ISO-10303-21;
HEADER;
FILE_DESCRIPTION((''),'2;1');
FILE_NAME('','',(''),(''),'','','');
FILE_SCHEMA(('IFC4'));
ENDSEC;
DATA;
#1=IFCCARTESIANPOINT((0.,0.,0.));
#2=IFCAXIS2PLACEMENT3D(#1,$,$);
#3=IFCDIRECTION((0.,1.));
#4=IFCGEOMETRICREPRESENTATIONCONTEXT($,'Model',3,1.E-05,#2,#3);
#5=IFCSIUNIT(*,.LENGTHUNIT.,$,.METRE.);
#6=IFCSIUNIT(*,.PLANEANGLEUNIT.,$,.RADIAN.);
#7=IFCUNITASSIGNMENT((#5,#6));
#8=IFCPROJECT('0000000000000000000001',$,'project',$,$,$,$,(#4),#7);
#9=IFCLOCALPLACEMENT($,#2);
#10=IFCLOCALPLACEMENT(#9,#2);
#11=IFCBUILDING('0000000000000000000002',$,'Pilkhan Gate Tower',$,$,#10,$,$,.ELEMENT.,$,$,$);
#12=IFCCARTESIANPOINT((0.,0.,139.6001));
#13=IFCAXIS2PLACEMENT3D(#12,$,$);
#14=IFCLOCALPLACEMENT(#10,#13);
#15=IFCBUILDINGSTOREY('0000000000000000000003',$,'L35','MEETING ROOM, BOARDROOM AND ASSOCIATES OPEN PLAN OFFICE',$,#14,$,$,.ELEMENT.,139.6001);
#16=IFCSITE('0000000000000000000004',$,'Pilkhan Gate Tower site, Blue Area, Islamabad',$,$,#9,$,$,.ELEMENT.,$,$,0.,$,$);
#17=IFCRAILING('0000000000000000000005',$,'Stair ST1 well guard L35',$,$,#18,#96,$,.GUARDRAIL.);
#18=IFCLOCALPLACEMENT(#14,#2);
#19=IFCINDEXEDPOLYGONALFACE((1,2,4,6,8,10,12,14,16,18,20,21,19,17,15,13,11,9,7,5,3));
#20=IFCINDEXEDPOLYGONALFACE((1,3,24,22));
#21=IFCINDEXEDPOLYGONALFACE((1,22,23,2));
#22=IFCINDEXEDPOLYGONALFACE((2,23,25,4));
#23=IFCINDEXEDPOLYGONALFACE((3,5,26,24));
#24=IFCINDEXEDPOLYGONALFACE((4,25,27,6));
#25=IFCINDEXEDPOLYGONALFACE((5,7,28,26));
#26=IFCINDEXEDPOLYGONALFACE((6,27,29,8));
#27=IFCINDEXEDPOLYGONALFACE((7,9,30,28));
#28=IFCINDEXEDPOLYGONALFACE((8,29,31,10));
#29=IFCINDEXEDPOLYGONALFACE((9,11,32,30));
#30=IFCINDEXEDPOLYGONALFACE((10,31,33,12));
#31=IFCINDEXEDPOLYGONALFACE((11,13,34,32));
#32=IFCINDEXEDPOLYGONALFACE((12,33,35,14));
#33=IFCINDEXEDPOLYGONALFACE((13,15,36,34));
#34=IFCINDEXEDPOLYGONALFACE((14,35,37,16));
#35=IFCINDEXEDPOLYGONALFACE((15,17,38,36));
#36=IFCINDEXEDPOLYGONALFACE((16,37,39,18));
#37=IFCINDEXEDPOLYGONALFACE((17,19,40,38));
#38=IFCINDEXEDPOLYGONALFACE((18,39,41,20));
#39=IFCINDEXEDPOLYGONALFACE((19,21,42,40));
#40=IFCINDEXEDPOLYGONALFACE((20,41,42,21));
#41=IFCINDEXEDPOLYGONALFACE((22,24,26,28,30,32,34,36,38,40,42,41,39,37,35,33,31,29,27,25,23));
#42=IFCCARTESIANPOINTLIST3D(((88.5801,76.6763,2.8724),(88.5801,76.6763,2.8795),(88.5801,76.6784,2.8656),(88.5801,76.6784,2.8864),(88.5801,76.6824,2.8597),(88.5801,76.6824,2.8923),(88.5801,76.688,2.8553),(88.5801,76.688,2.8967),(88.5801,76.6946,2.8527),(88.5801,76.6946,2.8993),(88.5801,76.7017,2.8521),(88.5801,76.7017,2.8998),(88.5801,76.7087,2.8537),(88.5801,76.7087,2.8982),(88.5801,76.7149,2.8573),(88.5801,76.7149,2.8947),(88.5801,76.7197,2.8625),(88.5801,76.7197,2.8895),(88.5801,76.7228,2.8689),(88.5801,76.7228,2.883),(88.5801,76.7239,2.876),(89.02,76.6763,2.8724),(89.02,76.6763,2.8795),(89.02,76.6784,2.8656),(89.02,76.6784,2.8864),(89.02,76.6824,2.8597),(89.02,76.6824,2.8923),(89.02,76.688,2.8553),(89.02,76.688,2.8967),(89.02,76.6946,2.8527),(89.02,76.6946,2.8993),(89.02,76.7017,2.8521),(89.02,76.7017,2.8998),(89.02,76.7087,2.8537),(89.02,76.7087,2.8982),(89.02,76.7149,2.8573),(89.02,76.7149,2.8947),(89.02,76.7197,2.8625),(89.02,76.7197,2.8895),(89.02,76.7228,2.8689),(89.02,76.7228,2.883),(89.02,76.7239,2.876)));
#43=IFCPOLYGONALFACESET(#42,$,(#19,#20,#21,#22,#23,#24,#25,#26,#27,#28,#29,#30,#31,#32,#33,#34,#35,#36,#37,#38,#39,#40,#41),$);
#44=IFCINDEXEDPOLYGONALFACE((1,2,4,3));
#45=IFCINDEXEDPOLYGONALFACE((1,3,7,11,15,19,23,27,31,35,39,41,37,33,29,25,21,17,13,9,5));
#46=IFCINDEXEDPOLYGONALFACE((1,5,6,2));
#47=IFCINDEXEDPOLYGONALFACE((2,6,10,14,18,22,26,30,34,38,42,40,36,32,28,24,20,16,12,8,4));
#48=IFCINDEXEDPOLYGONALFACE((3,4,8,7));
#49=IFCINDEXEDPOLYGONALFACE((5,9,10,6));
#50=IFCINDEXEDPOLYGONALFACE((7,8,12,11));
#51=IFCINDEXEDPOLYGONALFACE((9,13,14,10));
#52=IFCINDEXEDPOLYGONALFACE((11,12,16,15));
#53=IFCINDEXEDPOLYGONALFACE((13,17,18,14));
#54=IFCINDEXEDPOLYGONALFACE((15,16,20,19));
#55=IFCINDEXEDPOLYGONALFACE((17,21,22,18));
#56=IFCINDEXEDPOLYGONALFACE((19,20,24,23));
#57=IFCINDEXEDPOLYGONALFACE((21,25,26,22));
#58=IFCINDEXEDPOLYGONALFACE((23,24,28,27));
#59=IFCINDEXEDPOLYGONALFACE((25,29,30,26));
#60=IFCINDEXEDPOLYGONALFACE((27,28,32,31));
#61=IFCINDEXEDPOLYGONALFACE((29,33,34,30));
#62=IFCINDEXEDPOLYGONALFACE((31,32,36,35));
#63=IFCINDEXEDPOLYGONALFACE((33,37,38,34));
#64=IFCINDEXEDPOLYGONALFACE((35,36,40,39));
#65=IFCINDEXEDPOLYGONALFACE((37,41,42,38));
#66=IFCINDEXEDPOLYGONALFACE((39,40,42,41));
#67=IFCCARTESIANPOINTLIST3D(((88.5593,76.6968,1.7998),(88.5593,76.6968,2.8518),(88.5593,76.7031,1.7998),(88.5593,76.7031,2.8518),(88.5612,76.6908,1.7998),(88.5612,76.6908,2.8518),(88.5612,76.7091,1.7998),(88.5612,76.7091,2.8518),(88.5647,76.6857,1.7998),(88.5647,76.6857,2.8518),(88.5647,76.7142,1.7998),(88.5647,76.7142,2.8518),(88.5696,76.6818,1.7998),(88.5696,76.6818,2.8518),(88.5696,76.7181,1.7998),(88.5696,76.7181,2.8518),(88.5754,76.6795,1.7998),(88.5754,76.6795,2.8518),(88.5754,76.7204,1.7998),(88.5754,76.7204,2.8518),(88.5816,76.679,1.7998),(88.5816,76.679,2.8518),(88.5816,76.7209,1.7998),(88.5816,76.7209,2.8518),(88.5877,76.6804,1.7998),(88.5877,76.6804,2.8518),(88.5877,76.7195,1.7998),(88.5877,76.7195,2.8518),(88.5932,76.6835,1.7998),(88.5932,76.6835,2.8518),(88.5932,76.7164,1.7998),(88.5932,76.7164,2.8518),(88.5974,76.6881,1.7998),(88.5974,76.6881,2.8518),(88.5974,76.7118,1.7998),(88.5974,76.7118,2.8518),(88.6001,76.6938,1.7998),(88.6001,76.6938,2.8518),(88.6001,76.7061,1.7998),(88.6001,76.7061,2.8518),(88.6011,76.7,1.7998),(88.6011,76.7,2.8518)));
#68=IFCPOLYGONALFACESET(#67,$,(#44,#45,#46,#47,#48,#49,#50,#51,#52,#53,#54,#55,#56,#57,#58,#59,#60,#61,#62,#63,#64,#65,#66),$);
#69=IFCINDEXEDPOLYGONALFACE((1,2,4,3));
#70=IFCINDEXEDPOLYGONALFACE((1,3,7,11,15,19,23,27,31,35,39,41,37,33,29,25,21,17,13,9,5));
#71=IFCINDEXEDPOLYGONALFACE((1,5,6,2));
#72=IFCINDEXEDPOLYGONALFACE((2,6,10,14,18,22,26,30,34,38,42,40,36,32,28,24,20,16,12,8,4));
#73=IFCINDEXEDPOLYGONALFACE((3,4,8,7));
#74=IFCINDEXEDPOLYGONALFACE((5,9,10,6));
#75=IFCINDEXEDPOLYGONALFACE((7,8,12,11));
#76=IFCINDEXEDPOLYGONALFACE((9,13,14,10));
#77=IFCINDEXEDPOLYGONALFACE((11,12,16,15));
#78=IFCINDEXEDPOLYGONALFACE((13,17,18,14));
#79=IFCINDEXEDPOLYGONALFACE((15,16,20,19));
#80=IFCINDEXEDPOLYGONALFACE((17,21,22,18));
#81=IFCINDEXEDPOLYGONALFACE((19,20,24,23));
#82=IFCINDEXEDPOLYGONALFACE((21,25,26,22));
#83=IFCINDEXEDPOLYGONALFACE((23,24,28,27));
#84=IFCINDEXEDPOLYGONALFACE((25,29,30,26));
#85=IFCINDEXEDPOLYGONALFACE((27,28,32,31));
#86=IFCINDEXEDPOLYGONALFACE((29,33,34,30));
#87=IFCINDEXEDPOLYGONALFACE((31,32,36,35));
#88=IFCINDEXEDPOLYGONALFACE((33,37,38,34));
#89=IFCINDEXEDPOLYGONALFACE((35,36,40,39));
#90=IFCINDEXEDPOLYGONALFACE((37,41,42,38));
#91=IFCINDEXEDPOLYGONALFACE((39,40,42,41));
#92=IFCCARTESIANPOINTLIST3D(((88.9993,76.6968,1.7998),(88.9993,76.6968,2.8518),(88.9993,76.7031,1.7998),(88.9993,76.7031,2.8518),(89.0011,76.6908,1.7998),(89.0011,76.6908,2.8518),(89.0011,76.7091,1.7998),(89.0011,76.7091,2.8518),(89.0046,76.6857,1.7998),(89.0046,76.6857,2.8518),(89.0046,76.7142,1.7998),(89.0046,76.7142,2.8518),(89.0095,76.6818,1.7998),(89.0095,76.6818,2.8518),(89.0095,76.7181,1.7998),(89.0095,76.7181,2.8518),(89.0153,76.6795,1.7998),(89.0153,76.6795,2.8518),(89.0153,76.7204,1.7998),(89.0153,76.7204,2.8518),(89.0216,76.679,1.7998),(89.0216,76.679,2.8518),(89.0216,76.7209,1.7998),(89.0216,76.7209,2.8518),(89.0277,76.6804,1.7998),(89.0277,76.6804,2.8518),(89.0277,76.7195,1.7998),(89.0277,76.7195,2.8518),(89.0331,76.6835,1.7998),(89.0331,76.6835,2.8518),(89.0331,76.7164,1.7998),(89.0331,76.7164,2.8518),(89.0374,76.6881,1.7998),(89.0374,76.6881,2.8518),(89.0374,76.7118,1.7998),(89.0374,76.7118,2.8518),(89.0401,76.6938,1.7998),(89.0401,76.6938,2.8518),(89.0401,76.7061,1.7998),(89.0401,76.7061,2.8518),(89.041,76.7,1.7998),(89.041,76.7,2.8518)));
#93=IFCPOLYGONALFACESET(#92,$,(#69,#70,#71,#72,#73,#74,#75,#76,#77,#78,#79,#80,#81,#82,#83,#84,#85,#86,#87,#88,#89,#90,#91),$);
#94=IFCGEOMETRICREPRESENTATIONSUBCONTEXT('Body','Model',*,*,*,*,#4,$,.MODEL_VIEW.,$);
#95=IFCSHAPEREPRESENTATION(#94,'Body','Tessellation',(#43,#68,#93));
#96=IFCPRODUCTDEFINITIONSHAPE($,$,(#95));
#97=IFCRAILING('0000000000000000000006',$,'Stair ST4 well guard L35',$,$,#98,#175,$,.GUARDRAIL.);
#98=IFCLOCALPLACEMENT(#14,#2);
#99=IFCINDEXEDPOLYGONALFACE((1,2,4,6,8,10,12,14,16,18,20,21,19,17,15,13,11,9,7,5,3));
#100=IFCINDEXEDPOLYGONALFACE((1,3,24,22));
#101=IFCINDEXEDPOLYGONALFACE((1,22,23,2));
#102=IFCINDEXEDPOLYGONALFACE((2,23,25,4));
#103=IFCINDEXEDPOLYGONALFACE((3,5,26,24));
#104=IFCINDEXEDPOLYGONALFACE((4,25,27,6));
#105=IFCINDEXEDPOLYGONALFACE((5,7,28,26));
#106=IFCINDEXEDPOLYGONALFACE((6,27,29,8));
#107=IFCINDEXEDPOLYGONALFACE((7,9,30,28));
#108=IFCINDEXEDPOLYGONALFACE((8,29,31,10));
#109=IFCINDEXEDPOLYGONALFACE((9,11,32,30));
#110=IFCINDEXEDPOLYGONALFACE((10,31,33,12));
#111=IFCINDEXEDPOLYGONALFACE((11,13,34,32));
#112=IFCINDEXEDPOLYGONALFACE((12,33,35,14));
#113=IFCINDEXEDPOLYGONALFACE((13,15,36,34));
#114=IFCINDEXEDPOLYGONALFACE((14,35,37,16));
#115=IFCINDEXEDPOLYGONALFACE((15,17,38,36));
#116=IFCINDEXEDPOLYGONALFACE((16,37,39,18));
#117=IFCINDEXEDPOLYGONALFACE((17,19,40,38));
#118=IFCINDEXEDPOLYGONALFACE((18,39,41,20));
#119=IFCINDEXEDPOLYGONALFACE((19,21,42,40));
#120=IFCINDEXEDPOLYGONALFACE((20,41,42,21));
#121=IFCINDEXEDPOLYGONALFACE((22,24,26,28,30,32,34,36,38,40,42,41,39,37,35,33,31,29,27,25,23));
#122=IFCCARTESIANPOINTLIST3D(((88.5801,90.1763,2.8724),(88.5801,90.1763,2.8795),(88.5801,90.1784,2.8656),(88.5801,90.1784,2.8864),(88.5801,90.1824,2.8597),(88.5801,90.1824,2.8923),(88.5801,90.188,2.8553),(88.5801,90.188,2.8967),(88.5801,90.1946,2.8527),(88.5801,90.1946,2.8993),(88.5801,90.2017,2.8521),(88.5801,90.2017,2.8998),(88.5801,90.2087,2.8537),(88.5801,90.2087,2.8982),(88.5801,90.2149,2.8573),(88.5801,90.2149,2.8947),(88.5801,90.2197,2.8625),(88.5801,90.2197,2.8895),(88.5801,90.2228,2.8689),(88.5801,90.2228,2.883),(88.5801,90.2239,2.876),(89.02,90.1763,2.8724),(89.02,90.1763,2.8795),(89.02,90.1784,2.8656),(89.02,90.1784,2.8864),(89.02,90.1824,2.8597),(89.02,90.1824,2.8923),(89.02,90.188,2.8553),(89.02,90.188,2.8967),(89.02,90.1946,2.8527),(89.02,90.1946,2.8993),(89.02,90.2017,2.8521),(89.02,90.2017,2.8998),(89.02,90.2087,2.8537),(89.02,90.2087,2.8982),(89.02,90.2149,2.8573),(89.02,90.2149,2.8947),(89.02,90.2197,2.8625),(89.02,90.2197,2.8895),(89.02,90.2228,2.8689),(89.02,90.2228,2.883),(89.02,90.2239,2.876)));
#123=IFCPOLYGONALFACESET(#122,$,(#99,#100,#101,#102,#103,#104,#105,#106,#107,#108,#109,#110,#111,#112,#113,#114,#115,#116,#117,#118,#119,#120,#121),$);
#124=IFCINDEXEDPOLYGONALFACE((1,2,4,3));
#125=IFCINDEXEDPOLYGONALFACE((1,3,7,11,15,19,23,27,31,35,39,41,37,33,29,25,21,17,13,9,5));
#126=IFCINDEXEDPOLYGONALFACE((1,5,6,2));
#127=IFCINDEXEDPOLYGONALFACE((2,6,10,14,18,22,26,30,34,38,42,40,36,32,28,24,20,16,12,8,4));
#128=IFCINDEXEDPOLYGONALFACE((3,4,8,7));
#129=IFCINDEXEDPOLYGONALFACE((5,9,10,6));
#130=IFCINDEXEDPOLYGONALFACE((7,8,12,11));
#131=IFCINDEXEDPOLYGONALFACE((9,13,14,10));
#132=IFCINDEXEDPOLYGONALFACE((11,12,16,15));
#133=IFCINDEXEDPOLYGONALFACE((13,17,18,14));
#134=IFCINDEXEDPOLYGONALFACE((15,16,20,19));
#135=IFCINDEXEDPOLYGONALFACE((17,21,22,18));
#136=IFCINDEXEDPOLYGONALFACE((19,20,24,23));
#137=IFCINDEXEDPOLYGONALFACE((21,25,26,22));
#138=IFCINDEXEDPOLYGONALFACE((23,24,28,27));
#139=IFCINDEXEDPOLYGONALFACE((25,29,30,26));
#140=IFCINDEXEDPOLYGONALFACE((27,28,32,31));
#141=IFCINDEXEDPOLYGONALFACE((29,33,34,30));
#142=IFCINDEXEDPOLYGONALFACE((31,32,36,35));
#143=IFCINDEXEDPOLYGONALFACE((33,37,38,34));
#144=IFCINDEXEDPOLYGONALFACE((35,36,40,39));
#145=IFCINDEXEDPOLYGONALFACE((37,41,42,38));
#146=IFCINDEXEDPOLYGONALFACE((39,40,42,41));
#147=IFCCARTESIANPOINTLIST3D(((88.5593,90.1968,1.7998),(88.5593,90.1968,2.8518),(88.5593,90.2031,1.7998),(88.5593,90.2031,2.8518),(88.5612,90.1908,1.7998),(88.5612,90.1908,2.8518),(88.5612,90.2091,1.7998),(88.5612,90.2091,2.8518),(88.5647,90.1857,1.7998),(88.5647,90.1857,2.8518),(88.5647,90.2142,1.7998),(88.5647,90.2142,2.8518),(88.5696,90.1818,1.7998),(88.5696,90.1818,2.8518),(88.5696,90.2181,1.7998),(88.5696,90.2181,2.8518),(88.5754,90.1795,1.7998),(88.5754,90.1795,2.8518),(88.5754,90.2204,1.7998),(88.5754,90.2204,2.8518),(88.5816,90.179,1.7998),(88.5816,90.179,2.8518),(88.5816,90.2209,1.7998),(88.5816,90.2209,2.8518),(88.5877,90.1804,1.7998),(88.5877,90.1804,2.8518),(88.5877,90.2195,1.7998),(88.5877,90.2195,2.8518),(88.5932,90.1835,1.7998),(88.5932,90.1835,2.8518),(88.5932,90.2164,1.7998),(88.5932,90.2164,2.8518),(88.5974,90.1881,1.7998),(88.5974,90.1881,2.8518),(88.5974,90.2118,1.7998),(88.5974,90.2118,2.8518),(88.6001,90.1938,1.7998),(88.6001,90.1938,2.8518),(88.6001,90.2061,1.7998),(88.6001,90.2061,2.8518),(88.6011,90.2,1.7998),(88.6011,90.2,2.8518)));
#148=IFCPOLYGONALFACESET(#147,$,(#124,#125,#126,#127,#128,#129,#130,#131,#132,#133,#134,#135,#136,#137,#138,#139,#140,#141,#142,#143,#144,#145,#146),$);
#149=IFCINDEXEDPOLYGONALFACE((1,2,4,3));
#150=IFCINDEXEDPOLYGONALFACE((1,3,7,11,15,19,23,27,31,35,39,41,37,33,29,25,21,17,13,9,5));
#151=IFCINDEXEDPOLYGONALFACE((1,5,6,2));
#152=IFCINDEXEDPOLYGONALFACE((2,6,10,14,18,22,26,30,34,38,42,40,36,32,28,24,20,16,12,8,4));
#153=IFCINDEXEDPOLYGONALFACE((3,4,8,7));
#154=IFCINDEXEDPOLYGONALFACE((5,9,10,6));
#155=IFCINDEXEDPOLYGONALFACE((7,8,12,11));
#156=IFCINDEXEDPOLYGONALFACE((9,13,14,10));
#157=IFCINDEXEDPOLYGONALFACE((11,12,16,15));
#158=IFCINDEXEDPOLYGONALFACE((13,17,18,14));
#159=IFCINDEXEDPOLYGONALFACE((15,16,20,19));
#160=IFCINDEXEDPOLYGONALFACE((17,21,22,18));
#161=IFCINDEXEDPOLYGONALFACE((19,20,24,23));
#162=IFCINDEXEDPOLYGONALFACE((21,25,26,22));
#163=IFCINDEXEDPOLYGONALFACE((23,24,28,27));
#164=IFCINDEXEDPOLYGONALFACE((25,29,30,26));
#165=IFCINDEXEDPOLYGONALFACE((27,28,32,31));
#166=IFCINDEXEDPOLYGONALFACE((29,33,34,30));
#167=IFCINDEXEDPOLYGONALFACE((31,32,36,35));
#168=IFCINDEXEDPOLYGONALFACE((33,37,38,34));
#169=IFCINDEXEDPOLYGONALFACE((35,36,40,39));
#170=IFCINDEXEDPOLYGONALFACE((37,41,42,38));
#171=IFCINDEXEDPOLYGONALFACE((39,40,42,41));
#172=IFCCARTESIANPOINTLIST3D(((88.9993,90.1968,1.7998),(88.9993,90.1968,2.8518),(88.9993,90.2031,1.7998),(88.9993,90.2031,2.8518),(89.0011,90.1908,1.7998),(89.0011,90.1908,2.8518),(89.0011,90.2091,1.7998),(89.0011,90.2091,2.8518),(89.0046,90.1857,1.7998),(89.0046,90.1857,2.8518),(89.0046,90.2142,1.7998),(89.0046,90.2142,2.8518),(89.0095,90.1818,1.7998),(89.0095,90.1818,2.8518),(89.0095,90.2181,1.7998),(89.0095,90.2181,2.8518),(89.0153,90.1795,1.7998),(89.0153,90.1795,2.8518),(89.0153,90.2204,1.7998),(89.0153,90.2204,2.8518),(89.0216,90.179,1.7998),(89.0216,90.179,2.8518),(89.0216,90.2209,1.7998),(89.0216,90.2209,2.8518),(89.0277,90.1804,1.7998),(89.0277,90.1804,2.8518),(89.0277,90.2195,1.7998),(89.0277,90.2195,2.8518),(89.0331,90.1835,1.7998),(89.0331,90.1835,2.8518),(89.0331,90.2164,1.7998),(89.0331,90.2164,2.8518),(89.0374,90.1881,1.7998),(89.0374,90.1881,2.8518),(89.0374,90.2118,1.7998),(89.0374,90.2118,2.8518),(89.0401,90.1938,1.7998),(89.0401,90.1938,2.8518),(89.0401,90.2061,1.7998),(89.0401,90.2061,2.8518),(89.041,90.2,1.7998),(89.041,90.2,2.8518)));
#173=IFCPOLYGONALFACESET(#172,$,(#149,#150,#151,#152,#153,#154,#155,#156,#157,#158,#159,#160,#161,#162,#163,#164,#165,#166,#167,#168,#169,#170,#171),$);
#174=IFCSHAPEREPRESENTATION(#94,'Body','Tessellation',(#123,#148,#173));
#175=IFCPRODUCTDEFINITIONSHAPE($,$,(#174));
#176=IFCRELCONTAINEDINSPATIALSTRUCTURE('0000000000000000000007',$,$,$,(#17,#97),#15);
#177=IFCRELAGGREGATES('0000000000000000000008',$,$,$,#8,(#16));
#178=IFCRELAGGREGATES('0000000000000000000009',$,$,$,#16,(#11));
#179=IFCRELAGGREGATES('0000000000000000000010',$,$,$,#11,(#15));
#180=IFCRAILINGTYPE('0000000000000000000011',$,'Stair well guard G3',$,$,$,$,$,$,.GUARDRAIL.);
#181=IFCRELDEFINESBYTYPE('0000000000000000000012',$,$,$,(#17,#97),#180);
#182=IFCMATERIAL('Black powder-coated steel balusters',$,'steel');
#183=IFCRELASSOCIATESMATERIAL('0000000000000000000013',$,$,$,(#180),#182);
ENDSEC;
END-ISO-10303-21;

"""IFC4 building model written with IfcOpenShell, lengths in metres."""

from ifc_helpers import new_model, si_unit, direction, frame, origin, origin_2d, place, context, subcontext, project, spatial, circle, extrude, material, type_object, element, save


model = new_model("IFC4")

# Units and contexts
model_context = context("Model", 3, precision=1e-05, world=origin(), true_north=direction((0.0, 1.0)))
body_context = subcontext(model_context, "Body", "Model", "MODEL_VIEW")
ifc_project = project(units=[si_unit("LENGTHUNIT", "METRE"), si_unit("PLANEANGLEUNIT", "RADIAN")], contexts=[model_context])

# Site, building, storey
site_placement = place(None, origin())
site = spatial("IfcSite", under=ifc_project, at=site_placement, Name="Pilkhan Gate Tower site, Blue Area, Islamabad", CompositionType="ELEMENT", RefElevation=0.0)
building_placement = place(site_placement, origin())
building = spatial("IfcBuilding", under=site, at=building_placement, Name="Pilkhan Gate Tower", CompositionType="ELEMENT")
storey_placement = place(building_placement, frame((0.0, 0.0, 139.6001)))
storey = spatial("IfcBuildingStorey", under=building, at=storey_placement, Name="L35", Description="MEETING ROOM, BOARDROOM AND ASSOCIATES OPEN PLAN OFFICE", CompositionType="ELEMENT", Elevation=139.6001)

# Railings
ifc_material_1 = material(Name="Black powder-coated steel balusters", Category="steel")
railing_type_1 = type_object("IfcRailingType", Name="Stair well guard G3", PredefinedType="GUARDRAIL", material=ifc_material_1)
for number, where, name in (
    (1, (88.5801, 76.7, 1.7998), "Stair ST1 well guard L35"),
    (2, (88.5801, 90.2, 1.7998), "Stair ST4 well guard L35"),
):
    element("IfcRailing", number, at=place(storey_placement, frame(where)), inside=storey, type_object=railing_type_1, Name=name, PredefinedType="GUARDRAIL", context=body_context, shape_type="SweptSolid", body=[
        extrude(circle(Radius=0.0239, at=origin_2d()), frame((0.0, 0.0, 1.0762), z_axis=(1.0, 0.0, 0.0), x_axis=(0.0, 1.0, 0.0)), (0.0, 0.0, 1.0), 0.4399),
        extrude(circle(Radius=0.021, at=origin_2d()), origin(), (0.0, 0.0, 1.0), 1.052),
        extrude(circle(Radius=0.021, at=origin_2d()), frame((0.4399, 0.0, 0.0)), (0.0, 0.0, 1.0), 1.052),
    ])

save(model, "model.ifc")
